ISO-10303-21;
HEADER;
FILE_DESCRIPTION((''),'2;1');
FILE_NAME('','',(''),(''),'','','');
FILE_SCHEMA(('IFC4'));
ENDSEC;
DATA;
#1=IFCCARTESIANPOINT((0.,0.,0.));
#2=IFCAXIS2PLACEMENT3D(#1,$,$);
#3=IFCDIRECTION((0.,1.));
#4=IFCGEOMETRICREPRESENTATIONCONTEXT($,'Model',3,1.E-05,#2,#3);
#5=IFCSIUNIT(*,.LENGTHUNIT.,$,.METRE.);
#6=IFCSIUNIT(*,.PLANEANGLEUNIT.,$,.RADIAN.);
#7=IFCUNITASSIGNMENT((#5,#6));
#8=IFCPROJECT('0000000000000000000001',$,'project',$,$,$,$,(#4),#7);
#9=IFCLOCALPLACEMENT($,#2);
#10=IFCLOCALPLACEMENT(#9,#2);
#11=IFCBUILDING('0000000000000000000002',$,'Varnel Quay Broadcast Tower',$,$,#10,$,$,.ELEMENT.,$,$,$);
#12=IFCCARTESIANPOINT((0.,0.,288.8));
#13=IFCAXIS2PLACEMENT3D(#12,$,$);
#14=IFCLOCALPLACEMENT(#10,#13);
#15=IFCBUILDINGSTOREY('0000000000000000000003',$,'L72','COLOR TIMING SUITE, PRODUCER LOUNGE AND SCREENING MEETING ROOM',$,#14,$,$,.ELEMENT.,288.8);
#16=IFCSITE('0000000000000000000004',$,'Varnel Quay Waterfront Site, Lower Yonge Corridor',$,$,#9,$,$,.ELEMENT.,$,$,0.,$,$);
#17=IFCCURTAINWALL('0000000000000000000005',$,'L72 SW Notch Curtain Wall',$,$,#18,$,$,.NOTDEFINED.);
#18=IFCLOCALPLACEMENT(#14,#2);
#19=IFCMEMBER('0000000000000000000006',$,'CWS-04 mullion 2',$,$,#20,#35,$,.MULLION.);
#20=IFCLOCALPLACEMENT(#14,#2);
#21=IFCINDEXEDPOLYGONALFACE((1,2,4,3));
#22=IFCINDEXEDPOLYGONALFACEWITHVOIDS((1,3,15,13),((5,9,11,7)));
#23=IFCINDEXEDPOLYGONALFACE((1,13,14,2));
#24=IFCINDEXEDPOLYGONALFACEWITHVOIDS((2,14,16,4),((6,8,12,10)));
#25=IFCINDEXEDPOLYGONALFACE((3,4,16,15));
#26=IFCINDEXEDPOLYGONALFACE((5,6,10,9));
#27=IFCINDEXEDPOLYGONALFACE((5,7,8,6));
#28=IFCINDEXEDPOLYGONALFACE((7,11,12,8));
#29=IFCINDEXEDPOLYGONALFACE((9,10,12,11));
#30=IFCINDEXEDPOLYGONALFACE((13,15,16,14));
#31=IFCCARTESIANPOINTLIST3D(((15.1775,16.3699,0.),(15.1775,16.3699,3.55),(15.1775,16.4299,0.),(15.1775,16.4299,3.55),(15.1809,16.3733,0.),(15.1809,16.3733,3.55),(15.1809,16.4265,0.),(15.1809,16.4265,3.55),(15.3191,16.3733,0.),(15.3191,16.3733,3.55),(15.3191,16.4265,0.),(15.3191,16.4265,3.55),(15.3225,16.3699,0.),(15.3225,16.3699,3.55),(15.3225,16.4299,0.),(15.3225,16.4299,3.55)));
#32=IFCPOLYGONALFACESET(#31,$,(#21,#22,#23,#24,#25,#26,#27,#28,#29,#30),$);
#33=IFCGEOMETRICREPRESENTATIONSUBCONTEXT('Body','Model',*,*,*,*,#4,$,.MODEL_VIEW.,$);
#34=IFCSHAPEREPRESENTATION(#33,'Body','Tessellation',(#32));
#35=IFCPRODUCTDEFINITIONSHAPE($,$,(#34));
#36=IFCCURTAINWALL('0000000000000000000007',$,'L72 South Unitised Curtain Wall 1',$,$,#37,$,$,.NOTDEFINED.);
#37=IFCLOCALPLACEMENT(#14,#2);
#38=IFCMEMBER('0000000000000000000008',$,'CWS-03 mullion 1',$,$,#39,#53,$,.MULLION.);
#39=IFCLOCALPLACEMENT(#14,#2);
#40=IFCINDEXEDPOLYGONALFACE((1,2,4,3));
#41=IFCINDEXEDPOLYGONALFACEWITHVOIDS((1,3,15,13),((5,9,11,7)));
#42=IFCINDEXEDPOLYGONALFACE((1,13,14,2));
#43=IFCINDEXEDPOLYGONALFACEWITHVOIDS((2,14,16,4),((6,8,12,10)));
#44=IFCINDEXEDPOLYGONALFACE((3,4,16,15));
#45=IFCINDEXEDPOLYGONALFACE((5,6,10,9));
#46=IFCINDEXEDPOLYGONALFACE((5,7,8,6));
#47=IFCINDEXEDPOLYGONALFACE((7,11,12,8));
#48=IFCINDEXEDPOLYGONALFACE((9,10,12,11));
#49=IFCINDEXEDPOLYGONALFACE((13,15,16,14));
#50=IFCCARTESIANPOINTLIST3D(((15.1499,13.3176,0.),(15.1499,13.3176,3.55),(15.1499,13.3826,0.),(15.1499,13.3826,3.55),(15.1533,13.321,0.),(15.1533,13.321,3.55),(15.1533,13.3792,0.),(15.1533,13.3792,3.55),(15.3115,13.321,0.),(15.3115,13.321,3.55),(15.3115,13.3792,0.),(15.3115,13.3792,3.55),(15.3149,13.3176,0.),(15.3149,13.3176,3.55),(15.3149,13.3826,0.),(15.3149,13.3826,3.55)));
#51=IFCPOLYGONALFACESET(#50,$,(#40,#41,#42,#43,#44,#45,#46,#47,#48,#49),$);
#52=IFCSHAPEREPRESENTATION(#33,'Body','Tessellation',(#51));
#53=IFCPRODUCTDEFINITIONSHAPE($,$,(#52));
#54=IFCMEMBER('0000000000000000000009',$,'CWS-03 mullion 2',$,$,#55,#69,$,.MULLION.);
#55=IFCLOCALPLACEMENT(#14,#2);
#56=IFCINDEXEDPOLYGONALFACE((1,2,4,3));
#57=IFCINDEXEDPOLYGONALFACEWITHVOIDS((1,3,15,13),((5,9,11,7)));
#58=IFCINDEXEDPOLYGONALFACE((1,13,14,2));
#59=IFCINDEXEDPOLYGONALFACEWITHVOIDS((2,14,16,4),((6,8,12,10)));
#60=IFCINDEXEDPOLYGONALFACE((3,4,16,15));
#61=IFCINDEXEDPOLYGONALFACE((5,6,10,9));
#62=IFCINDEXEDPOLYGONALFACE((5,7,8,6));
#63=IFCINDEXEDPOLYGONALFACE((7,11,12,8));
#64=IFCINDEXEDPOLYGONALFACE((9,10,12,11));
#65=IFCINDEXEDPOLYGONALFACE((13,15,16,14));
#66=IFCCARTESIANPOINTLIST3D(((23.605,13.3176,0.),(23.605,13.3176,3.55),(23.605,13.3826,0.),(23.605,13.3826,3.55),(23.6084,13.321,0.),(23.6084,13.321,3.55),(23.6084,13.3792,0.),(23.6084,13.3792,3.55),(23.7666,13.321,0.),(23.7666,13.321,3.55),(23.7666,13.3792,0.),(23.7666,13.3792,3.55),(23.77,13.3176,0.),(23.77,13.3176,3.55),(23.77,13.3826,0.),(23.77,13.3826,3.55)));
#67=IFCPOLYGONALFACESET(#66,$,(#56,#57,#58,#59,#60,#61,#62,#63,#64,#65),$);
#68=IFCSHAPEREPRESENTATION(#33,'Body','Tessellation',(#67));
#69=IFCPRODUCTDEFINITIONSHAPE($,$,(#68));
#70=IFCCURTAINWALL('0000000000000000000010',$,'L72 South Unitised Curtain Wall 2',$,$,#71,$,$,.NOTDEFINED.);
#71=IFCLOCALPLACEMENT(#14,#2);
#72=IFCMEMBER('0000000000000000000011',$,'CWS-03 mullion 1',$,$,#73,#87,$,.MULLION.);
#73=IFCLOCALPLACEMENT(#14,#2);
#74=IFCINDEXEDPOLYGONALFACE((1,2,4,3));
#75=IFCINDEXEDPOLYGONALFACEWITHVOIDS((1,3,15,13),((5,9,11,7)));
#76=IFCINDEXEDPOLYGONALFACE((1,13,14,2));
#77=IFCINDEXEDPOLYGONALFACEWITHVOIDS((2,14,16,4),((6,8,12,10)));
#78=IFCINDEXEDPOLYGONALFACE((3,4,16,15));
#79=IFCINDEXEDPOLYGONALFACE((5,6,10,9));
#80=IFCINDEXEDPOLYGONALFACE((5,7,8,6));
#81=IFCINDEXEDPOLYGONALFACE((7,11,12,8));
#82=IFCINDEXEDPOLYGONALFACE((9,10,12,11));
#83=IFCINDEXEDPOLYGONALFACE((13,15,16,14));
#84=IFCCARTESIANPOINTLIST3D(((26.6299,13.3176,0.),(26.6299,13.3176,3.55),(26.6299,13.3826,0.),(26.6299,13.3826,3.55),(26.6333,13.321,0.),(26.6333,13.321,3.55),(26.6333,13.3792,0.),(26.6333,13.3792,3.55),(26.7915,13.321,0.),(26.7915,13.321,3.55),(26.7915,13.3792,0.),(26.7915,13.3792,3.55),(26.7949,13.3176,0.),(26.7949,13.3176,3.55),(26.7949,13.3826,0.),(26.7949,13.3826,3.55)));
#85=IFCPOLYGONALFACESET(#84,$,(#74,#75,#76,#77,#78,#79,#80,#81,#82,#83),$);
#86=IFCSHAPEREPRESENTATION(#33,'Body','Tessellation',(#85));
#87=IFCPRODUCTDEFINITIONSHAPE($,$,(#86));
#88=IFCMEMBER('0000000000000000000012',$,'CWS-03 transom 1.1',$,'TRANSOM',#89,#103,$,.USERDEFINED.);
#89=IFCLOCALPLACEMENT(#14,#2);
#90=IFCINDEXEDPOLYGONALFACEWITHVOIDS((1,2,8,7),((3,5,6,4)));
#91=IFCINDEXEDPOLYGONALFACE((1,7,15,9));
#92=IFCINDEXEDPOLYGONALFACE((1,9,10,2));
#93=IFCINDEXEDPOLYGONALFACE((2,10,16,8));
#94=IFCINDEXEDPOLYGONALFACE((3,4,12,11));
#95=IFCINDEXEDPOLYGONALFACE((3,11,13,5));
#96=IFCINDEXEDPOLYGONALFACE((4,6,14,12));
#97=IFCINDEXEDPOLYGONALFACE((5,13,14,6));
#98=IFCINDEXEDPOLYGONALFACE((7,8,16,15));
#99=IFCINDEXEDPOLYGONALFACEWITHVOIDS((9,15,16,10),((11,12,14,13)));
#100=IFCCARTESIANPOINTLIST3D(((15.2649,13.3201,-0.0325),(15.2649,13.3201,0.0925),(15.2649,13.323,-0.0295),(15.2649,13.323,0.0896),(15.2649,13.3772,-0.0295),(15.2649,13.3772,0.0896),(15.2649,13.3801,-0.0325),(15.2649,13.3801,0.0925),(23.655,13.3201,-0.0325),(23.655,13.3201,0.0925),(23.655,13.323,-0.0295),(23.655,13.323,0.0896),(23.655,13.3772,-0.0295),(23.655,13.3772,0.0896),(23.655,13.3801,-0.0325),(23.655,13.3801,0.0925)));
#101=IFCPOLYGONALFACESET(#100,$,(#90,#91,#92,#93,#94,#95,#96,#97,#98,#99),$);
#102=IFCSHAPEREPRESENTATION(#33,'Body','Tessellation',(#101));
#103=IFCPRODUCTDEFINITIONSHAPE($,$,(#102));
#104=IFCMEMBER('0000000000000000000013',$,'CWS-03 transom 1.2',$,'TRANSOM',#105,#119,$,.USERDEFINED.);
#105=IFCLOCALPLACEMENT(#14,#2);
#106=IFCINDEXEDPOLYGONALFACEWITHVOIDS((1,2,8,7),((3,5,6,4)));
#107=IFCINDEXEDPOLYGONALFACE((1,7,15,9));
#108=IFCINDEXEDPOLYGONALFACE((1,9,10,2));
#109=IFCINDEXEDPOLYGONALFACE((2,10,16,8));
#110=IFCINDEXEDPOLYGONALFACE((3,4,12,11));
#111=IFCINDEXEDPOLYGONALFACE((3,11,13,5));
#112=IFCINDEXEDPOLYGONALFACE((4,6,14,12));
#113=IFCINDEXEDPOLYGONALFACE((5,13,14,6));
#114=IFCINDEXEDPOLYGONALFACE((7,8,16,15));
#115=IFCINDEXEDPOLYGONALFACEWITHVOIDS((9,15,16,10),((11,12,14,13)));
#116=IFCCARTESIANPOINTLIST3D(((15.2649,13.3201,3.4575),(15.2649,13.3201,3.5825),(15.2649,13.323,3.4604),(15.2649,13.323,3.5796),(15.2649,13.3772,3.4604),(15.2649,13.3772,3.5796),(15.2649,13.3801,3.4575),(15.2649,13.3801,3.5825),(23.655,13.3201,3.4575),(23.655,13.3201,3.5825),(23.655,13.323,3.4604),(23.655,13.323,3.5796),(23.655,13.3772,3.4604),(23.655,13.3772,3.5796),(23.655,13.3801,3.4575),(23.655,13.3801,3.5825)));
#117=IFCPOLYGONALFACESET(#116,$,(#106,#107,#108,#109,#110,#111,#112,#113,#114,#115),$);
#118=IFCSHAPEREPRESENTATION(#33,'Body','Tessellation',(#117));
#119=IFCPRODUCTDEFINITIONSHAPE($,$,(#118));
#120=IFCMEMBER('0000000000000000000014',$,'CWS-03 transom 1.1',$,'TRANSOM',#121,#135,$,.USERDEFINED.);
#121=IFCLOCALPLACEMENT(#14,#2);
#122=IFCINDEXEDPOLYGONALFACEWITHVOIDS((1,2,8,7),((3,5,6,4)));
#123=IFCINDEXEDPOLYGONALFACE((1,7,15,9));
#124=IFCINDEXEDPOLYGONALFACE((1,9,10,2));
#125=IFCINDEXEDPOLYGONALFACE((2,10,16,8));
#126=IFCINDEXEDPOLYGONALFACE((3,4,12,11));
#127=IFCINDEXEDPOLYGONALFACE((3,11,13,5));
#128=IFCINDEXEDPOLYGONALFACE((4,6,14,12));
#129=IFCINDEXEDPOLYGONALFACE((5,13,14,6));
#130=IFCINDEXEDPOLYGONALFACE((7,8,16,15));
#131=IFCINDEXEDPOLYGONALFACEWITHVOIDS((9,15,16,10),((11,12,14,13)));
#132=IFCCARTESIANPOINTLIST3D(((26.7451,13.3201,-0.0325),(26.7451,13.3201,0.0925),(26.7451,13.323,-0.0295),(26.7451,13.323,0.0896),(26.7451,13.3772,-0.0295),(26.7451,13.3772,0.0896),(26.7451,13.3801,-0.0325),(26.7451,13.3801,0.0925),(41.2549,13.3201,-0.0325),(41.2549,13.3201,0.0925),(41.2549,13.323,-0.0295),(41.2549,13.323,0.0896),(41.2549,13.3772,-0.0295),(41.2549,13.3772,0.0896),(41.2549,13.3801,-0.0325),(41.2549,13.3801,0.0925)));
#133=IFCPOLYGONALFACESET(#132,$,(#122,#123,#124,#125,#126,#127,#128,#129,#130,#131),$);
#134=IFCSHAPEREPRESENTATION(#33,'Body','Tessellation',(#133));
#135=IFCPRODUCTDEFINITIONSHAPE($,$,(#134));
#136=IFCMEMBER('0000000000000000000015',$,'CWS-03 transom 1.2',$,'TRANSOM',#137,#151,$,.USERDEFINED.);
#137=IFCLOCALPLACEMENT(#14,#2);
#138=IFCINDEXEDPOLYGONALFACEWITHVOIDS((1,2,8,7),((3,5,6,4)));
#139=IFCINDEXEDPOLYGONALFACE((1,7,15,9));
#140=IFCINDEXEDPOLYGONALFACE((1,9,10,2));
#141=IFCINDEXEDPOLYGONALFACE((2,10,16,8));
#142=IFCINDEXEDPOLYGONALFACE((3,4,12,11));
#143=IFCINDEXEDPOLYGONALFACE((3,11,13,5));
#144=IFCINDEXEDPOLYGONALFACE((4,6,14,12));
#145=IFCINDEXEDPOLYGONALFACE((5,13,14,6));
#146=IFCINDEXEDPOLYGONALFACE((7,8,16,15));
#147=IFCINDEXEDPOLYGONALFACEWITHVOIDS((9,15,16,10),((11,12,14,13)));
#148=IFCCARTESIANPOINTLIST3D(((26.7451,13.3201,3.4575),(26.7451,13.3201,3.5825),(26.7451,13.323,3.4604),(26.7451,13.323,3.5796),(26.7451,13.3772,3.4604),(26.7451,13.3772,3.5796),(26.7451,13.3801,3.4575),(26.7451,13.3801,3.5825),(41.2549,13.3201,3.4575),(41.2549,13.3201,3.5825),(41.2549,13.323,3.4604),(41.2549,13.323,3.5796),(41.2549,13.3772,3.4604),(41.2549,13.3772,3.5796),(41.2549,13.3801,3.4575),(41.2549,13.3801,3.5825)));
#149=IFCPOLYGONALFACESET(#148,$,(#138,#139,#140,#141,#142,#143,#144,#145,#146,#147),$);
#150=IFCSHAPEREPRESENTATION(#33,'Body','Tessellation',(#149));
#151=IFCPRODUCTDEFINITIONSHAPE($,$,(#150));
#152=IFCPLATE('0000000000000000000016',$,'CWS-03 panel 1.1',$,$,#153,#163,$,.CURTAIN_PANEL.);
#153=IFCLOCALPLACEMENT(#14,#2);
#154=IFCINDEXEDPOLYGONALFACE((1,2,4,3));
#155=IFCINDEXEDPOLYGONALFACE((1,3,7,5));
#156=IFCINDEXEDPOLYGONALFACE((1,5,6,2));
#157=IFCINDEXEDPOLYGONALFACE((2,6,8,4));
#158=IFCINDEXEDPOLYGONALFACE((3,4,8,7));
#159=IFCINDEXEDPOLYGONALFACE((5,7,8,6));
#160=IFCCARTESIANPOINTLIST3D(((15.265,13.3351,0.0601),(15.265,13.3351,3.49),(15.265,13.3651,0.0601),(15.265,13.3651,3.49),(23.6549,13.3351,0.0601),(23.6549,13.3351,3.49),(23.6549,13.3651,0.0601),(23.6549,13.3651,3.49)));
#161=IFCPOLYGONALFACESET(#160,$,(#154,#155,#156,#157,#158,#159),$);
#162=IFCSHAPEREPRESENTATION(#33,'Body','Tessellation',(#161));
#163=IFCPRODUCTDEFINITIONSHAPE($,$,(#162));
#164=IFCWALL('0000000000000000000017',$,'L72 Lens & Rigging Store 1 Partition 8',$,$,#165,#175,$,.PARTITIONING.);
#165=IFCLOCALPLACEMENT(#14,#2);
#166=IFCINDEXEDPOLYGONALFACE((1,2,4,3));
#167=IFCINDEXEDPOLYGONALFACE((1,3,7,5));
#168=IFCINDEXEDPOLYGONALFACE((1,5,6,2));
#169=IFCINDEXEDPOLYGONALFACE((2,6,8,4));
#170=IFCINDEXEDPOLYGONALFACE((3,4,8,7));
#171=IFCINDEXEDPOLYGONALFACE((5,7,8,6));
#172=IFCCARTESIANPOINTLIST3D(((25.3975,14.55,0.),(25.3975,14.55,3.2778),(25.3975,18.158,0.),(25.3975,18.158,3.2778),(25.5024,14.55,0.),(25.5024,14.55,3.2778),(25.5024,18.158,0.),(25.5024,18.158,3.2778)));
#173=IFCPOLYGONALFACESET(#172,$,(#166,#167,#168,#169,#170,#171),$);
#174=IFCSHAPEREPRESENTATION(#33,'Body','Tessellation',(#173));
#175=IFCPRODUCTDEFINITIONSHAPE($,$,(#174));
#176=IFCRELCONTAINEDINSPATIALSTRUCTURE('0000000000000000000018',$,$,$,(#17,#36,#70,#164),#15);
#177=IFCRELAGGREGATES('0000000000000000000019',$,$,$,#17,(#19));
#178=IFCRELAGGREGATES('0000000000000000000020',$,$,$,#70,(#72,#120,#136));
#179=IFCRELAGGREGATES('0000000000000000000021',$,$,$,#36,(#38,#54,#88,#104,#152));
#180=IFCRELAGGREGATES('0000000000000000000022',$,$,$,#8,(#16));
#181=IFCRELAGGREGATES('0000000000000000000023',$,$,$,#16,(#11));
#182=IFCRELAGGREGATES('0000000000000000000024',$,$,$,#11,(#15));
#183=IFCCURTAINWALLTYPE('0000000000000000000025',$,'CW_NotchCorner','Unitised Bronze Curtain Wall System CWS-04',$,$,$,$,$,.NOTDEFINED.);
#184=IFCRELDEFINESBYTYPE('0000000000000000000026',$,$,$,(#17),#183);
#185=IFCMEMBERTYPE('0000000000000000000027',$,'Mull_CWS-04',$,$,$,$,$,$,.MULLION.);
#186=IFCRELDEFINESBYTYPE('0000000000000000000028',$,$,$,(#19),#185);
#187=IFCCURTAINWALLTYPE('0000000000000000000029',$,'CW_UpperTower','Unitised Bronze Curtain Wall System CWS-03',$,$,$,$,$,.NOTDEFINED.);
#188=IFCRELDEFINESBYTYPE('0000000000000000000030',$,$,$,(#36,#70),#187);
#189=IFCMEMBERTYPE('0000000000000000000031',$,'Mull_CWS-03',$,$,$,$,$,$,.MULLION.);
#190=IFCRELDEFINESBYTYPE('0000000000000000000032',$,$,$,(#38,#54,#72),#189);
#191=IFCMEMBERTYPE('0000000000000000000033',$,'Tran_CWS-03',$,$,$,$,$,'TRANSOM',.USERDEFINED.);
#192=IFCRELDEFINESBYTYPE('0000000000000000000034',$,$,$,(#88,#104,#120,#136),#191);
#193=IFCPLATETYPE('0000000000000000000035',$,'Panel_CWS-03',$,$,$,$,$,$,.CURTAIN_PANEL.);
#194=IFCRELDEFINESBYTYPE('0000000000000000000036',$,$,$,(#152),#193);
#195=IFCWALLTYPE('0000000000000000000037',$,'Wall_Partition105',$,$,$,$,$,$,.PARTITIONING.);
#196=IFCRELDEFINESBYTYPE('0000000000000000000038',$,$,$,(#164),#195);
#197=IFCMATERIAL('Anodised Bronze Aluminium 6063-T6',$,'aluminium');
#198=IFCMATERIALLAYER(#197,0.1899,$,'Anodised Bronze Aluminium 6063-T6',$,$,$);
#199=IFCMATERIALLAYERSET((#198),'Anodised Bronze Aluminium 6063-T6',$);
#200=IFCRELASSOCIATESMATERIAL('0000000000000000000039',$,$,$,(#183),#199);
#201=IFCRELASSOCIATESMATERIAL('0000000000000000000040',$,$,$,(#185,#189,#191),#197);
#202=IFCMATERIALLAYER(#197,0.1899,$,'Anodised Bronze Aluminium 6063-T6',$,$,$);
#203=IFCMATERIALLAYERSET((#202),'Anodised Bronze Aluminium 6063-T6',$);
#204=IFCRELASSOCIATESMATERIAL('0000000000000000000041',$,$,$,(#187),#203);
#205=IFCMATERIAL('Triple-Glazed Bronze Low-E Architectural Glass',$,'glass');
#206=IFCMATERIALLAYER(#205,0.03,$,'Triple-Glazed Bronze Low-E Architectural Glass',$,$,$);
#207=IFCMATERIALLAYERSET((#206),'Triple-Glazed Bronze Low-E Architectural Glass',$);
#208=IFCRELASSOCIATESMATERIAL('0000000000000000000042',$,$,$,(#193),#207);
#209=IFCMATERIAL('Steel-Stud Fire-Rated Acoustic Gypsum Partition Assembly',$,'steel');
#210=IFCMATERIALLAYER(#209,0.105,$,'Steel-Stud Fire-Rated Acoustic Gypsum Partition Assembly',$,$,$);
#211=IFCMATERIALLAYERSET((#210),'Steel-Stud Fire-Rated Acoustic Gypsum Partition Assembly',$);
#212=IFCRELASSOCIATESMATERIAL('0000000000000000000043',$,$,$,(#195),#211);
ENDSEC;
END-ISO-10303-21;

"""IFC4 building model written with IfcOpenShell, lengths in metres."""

from ifc_helpers import new_model, si_unit, direction, frame, frame_2d, origin, origin_2d, place, context, subcontext, project, spatial, rectangle, hollow_rectangle, extrude, source, transform, mapped, material, layer, layer_set, material_profile, profile_set, type_object, type_shapes, element, aggregate, save


model = new_model("IFC4")

# Units and contexts
model_context = context("Model", 3, precision=1e-05, world=origin(), true_north=direction((0.0, 1.0)))
body_context = subcontext(model_context, "Body", "Model", "MODEL_VIEW")
ifc_project = project(units=[si_unit("LENGTHUNIT", "METRE"), si_unit("PLANEANGLEUNIT", "RADIAN")], contexts=[model_context])

# Site, building, storey
site_placement = place(None, origin())
site = spatial("IfcSite", under=ifc_project, at=site_placement, Name="Varnel Quay Waterfront Site, Lower Yonge Corridor", CompositionType="ELEMENT", RefElevation=0.0)
building_placement = place(site_placement, origin())
building = spatial("IfcBuilding", under=site, at=building_placement, Name="Varnel Quay Broadcast Tower", CompositionType="ELEMENT")
storey_placement = place(building_placement, frame((0.0, 0.0, 288.8)))
storey = spatial("IfcBuildingStorey", under=building, at=storey_placement, Name="L72", Description="COLOR TIMING SUITE, PRODUCER LOUNGE AND SCREENING MEETING ROOM", CompositionType="ELEMENT", Elevation=288.8)

# Curtain wall, member
ifc_material_1 = material(Name="Anodised Bronze Aluminium 6063-T6", Category="aluminium")
ifc_layer_1 = layer(ifc_material_1, 0.1899, Name="Anodised Bronze Aluminium 6063-T6")
ifc_layer_set_1 = layer_set([ifc_layer_1], Name="Anodised Bronze Aluminium 6063-T6")
curtain_wall_type_1 = type_object("IfcCurtainWallType", Name="CW_NotchCorner", Description="Unitised Bronze Curtain Wall System CWS-04", PredefinedType="NOTDEFINED", material=ifc_layer_set_1)
curtain_wall_1_placement = place(storey_placement, origin())
curtain_wall_1 = element("IfcCurtainWall", 1, at=curtain_wall_1_placement, inside=storey, type_object=curtain_wall_type_1, Name="L72 SW Notch Curtain Wall", PredefinedType="NOTDEFINED")
ifc_material_profile_1 = material_profile(ifc_material_1, hollow_rectangle(XDim=0.0601, YDim=0.145, WallThickness=0.0034, at=origin_2d()), Name="ALU60X145X3.5")
ifc_profile_set_1 = profile_set([ifc_material_profile_1], Name="Anodised Bronze Aluminium 6063-T6")
member_type_1 = type_object("IfcMemberType", Name="Mull_CWS-04", PredefinedType="MULLION", material=ifc_profile_set_1)
shared_shape_1 = source(origin(), body_context, "Body", "SweptSolid", [
    extrude(hollow_rectangle(XDim=0.0601, YDim=0.145, WallThickness=0.0034, at=origin_2d()), origin(), (0.0, 0.0, 1.0), 3.55),
])
type_shapes(member_type_1, [shared_shape_1])
member_1_placement = place(storey_placement, frame((15.25, 16.3999, 0.0), z_axis=(0.0, 0.0, 1.0), x_axis=(0.0, 1.0, 0.0)))
member_1 = element("IfcMember", 2, at=member_1_placement, type_object=member_type_1, Name="CWS-04 mullion 2", PredefinedType="MULLION", context=body_context, shape_type="MappedRepresentation", body=[
    mapped(shared_shape_1, transform((0.0, 0.0, 0.0), x_axis=(1.0, 0.0, 0.0), y_axis=(0.0, 1.0, 0.0), z_axis=(0.0, 0.0, 1.0), scale=1.0)),
])
aggregate(curtain_wall_1, [member_1])

# Curtain wall, members
ifc_layer_2 = layer(ifc_material_1, 0.1899, Name="Anodised Bronze Aluminium 6063-T6")
ifc_layer_set_2 = layer_set([ifc_layer_2], Name="Anodised Bronze Aluminium 6063-T6")
curtain_wall_type_2 = type_object("IfcCurtainWallType", Name="CW_UpperTower", Description="Unitised Bronze Curtain Wall System CWS-03", PredefinedType="NOTDEFINED", material=ifc_layer_set_2)
curtain_wall_2_placement = place(storey_placement, origin())
curtain_wall_2 = element("IfcCurtainWall", 3, at=curtain_wall_2_placement, inside=storey, type_object=curtain_wall_type_2, Name="L72 South Unitised Curtain Wall 1", PredefinedType="NOTDEFINED")
ifc_material_profile_2 = material_profile(ifc_material_1, hollow_rectangle(XDim=0.0649, YDim=0.165, WallThickness=0.0034, at=origin_2d()), Name="ALU65X165X3.5")
ifc_profile_set_2 = profile_set([ifc_material_profile_2], Name="Anodised Bronze Aluminium 6063-T6")
member_type_2 = type_object("IfcMemberType", Name="Mull_CWS-03", PredefinedType="MULLION", material=ifc_profile_set_2)
shared_shape_2 = source(origin(), body_context, "Body", "SweptSolid", [
    extrude(hollow_rectangle(XDim=0.0649, YDim=0.165, WallThickness=0.0034, at=origin_2d()), origin(), (0.0, 0.0, 1.0), 3.55),
])
type_shapes(member_type_2, [shared_shape_2])
member_2_placement = place(storey_placement, frame((15.2324, 13.3501, 0.0), z_axis=(0.0, 0.0, 1.0), x_axis=(0.0, 1.0, 0.0)))
member_2 = element("IfcMember", 4, at=member_2_placement, type_object=member_type_2, Name="CWS-03 mullion 1", PredefinedType="MULLION", context=body_context, shape_type="MappedRepresentation", body=[
    mapped(shared_shape_2, transform((0.0, 0.0, 0.0), x_axis=(1.0, 0.0, 0.0), y_axis=(0.0, 1.0, 0.0), z_axis=(0.0, 0.0, 1.0), scale=1.0)),
])
member_3_placement = place(storey_placement, frame((23.6875, 13.3501, 0.0), z_axis=(0.0, 0.0, 1.0), x_axis=(0.0, 1.0, 0.0)))
member_3 = element("IfcMember", 5, at=member_3_placement, type_object=member_type_2, Name="CWS-03 mullion 2", PredefinedType="MULLION", context=body_context, shape_type="MappedRepresentation", body=[
    mapped(shared_shape_2, transform((0.0, 0.0, 0.0), x_axis=(1.0, 0.0, 0.0), y_axis=(0.0, 1.0, 0.0), z_axis=(0.0, 0.0, 1.0), scale=1.0)),
])

# Curtain wall, member
curtain_wall_3_placement = place(storey_placement, origin())
curtain_wall_3 = element("IfcCurtainWall", 6, at=curtain_wall_3_placement, inside=storey, type_object=curtain_wall_type_2, Name="L72 South Unitised Curtain Wall 2", PredefinedType="NOTDEFINED")
member_4_placement = place(storey_placement, frame((26.7124, 13.3501, 0.0), z_axis=(0.0, 0.0, 1.0), x_axis=(0.0, 1.0, 0.0)))
member_4 = element("IfcMember", 7, at=member_4_placement, type_object=member_type_2, Name="CWS-03 mullion 1", PredefinedType="MULLION", context=body_context, shape_type="MappedRepresentation", body=[
    mapped(shared_shape_2, transform((0.0, 0.0, 0.0), x_axis=(1.0, 0.0, 0.0), y_axis=(0.0, 1.0, 0.0), z_axis=(0.0, 0.0, 1.0), scale=1.0)),
])

# Members
ifc_material_profile_3 = material_profile(ifc_material_1, hollow_rectangle(XDim=0.0601, YDim=0.125, WallThickness=0.0029, at=origin_2d()), Name="ALU60X125X3")
ifc_profile_set_3 = profile_set([ifc_material_profile_3], Name="Anodised Bronze Aluminium 6063-T6")
member_type_3 = type_object("IfcMemberType", Name="Tran_CWS-03", ElementType="TRANSOM", PredefinedType="USERDEFINED", material=ifc_profile_set_3)
shared_shape_3 = source(origin(), body_context, "Body", "SweptSolid", [
    extrude(hollow_rectangle(XDim=0.0601, YDim=0.125, WallThickness=0.0029, at=origin_2d()), origin(), (0.0, 0.0, 1.0), 8.3901),
])
member_5_placement = place(storey_placement, frame((15.2649, 13.3501, 0.03), z_axis=(1.0, 0.0, 0.0), x_axis=(0.0, 1.0, 0.0)))
member_5 = element("IfcMember", 8, at=member_5_placement, type_object=member_type_3, Name="CWS-03 transom 1.1", ObjectType="TRANSOM", PredefinedType="USERDEFINED", context=body_context, shape_type="MappedRepresentation", body=[
    mapped(shared_shape_3, transform((0.0, 0.0, 0.0), x_axis=(1.0, 0.0, 0.0), y_axis=(0.0, 1.0, 0.0), z_axis=(0.0, 0.0, 1.0), scale=1.0)),
])
member_6_placement = place(storey_placement, frame((15.2649, 13.3501, 3.52), z_axis=(1.0, 0.0, 0.0), x_axis=(0.0, 1.0, 0.0)))
member_6 = element("IfcMember", 9, at=member_6_placement, type_object=member_type_3, Name="CWS-03 transom 1.2", ObjectType="TRANSOM", PredefinedType="USERDEFINED", context=body_context, shape_type="MappedRepresentation", body=[
    mapped(shared_shape_3, transform((0.0, 0.0, 0.0), x_axis=(1.0, 0.0, 0.0), y_axis=(0.0, 1.0, 0.0), z_axis=(0.0, 0.0, 1.0), scale=1.0)),
])
shared_shape_4 = source(origin(), body_context, "Body", "SweptSolid", [
    extrude(hollow_rectangle(XDim=0.0601, YDim=0.125, WallThickness=0.0029, at=origin_2d()), origin(), (0.0, 0.0, 1.0), 14.5098),
])
type_shapes(member_type_3, [shared_shape_3, shared_shape_4])
member_7_placement = place(storey_placement, frame((26.7451, 13.3501, 0.03), z_axis=(1.0, 0.0, 0.0), x_axis=(0.0, 1.0, 0.0)))
member_7 = element("IfcMember", 10, at=member_7_placement, type_object=member_type_3, Name="CWS-03 transom 1.1", ObjectType="TRANSOM", PredefinedType="USERDEFINED", context=body_context, shape_type="MappedRepresentation", body=[
    mapped(shared_shape_4, transform((0.0, 0.0, 0.0), x_axis=(1.0, 0.0, 0.0), y_axis=(0.0, 1.0, 0.0), z_axis=(0.0, 0.0, 1.0), scale=1.0)),
])
member_8_placement = place(storey_placement, frame((26.7451, 13.3501, 3.52), z_axis=(1.0, 0.0, 0.0), x_axis=(0.0, 1.0, 0.0)))
member_8 = element("IfcMember", 11, at=member_8_placement, type_object=member_type_3, Name="CWS-03 transom 1.2", ObjectType="TRANSOM", PredefinedType="USERDEFINED", context=body_context, shape_type="MappedRepresentation", body=[
    mapped(shared_shape_4, transform((0.0, 0.0, 0.0), x_axis=(1.0, 0.0, 0.0), y_axis=(0.0, 1.0, 0.0), z_axis=(0.0, 0.0, 1.0), scale=1.0)),
])
aggregate(curtain_wall_3, [member_4, member_7, member_8])

# Plate
ifc_material_2 = material(Name="Triple-Glazed Bronze Low-E Architectural Glass", Category="glass")
ifc_layer_3 = layer(ifc_material_2, 0.03, Name="Triple-Glazed Bronze Low-E Architectural Glass")
ifc_layer_set_3 = layer_set([ifc_layer_3], Name="Triple-Glazed Bronze Low-E Architectural Glass")
plate_type = type_object("IfcPlateType", Name="Panel_CWS-03", PredefinedType="CURTAIN_PANEL", material=ifc_layer_set_3)
shared_shape_5 = source(origin(), body_context, "Body", "SweptSolid", [
    extrude(rectangle(XDim=8.3899, YDim=0.03, at=origin_2d()), origin(), (0.0, 0.0, 1.0), 3.4299),
])
type_shapes(plate_type, [shared_shape_5])
plate_placement = place(storey_placement, frame((19.46, 13.3501, 0.0601), z_axis=(0.0, 0.0, 1.0), x_axis=(1.0, 0.0, 0.0)))
plate = element("IfcPlate", 12, at=plate_placement, type_object=plate_type, Name="CWS-03 panel 1.1", PredefinedType="CURTAIN_PANEL", context=body_context, shape_type="MappedRepresentation", body=[
    mapped(shared_shape_5, transform((0.0, 0.0, 0.0), x_axis=(1.0, 0.0, 0.0), y_axis=(0.0, 1.0, 0.0), z_axis=(0.0, 0.0, 1.0), scale=1.0)),
])
aggregate(curtain_wall_2, [member_2, member_3, member_5, member_6, plate])

# Wall
ifc_material_3 = material(Name="Steel-Stud Fire-Rated Acoustic Gypsum Partition Assembly", Category="steel")
ifc_layer_4 = layer(ifc_material_3, 0.105, Name="Steel-Stud Fire-Rated Acoustic Gypsum Partition Assembly")
ifc_layer_set_4 = layer_set([ifc_layer_4], Name="Steel-Stud Fire-Rated Acoustic Gypsum Partition Assembly")
wall_type_1 = type_object("IfcWallType", Name="Wall_Partition105", PredefinedType="PARTITIONING", material=ifc_layer_set_4)
wall_1_placement = place(storey_placement, frame((25.45, 14.55, 0.0), z_axis=(0.0, 0.0, 1.0), x_axis=(0.0, 1.0, 0.0)))
element("IfcWall", 13, at=wall_1_placement, inside=storey, type_object=wall_type_1, Name="L72 Lens & Rigging Store 1 Partition 8", PredefinedType="PARTITIONING", context=body_context, shape_type="SweptSolid", body=[
    extrude(rectangle(XDim=3.6079, YDim=0.105, at=frame_2d((1.804, 0.0))), origin(), (0.0, 0.0, 1.0), 3.2778),
])

save(model, "model.ifc")
